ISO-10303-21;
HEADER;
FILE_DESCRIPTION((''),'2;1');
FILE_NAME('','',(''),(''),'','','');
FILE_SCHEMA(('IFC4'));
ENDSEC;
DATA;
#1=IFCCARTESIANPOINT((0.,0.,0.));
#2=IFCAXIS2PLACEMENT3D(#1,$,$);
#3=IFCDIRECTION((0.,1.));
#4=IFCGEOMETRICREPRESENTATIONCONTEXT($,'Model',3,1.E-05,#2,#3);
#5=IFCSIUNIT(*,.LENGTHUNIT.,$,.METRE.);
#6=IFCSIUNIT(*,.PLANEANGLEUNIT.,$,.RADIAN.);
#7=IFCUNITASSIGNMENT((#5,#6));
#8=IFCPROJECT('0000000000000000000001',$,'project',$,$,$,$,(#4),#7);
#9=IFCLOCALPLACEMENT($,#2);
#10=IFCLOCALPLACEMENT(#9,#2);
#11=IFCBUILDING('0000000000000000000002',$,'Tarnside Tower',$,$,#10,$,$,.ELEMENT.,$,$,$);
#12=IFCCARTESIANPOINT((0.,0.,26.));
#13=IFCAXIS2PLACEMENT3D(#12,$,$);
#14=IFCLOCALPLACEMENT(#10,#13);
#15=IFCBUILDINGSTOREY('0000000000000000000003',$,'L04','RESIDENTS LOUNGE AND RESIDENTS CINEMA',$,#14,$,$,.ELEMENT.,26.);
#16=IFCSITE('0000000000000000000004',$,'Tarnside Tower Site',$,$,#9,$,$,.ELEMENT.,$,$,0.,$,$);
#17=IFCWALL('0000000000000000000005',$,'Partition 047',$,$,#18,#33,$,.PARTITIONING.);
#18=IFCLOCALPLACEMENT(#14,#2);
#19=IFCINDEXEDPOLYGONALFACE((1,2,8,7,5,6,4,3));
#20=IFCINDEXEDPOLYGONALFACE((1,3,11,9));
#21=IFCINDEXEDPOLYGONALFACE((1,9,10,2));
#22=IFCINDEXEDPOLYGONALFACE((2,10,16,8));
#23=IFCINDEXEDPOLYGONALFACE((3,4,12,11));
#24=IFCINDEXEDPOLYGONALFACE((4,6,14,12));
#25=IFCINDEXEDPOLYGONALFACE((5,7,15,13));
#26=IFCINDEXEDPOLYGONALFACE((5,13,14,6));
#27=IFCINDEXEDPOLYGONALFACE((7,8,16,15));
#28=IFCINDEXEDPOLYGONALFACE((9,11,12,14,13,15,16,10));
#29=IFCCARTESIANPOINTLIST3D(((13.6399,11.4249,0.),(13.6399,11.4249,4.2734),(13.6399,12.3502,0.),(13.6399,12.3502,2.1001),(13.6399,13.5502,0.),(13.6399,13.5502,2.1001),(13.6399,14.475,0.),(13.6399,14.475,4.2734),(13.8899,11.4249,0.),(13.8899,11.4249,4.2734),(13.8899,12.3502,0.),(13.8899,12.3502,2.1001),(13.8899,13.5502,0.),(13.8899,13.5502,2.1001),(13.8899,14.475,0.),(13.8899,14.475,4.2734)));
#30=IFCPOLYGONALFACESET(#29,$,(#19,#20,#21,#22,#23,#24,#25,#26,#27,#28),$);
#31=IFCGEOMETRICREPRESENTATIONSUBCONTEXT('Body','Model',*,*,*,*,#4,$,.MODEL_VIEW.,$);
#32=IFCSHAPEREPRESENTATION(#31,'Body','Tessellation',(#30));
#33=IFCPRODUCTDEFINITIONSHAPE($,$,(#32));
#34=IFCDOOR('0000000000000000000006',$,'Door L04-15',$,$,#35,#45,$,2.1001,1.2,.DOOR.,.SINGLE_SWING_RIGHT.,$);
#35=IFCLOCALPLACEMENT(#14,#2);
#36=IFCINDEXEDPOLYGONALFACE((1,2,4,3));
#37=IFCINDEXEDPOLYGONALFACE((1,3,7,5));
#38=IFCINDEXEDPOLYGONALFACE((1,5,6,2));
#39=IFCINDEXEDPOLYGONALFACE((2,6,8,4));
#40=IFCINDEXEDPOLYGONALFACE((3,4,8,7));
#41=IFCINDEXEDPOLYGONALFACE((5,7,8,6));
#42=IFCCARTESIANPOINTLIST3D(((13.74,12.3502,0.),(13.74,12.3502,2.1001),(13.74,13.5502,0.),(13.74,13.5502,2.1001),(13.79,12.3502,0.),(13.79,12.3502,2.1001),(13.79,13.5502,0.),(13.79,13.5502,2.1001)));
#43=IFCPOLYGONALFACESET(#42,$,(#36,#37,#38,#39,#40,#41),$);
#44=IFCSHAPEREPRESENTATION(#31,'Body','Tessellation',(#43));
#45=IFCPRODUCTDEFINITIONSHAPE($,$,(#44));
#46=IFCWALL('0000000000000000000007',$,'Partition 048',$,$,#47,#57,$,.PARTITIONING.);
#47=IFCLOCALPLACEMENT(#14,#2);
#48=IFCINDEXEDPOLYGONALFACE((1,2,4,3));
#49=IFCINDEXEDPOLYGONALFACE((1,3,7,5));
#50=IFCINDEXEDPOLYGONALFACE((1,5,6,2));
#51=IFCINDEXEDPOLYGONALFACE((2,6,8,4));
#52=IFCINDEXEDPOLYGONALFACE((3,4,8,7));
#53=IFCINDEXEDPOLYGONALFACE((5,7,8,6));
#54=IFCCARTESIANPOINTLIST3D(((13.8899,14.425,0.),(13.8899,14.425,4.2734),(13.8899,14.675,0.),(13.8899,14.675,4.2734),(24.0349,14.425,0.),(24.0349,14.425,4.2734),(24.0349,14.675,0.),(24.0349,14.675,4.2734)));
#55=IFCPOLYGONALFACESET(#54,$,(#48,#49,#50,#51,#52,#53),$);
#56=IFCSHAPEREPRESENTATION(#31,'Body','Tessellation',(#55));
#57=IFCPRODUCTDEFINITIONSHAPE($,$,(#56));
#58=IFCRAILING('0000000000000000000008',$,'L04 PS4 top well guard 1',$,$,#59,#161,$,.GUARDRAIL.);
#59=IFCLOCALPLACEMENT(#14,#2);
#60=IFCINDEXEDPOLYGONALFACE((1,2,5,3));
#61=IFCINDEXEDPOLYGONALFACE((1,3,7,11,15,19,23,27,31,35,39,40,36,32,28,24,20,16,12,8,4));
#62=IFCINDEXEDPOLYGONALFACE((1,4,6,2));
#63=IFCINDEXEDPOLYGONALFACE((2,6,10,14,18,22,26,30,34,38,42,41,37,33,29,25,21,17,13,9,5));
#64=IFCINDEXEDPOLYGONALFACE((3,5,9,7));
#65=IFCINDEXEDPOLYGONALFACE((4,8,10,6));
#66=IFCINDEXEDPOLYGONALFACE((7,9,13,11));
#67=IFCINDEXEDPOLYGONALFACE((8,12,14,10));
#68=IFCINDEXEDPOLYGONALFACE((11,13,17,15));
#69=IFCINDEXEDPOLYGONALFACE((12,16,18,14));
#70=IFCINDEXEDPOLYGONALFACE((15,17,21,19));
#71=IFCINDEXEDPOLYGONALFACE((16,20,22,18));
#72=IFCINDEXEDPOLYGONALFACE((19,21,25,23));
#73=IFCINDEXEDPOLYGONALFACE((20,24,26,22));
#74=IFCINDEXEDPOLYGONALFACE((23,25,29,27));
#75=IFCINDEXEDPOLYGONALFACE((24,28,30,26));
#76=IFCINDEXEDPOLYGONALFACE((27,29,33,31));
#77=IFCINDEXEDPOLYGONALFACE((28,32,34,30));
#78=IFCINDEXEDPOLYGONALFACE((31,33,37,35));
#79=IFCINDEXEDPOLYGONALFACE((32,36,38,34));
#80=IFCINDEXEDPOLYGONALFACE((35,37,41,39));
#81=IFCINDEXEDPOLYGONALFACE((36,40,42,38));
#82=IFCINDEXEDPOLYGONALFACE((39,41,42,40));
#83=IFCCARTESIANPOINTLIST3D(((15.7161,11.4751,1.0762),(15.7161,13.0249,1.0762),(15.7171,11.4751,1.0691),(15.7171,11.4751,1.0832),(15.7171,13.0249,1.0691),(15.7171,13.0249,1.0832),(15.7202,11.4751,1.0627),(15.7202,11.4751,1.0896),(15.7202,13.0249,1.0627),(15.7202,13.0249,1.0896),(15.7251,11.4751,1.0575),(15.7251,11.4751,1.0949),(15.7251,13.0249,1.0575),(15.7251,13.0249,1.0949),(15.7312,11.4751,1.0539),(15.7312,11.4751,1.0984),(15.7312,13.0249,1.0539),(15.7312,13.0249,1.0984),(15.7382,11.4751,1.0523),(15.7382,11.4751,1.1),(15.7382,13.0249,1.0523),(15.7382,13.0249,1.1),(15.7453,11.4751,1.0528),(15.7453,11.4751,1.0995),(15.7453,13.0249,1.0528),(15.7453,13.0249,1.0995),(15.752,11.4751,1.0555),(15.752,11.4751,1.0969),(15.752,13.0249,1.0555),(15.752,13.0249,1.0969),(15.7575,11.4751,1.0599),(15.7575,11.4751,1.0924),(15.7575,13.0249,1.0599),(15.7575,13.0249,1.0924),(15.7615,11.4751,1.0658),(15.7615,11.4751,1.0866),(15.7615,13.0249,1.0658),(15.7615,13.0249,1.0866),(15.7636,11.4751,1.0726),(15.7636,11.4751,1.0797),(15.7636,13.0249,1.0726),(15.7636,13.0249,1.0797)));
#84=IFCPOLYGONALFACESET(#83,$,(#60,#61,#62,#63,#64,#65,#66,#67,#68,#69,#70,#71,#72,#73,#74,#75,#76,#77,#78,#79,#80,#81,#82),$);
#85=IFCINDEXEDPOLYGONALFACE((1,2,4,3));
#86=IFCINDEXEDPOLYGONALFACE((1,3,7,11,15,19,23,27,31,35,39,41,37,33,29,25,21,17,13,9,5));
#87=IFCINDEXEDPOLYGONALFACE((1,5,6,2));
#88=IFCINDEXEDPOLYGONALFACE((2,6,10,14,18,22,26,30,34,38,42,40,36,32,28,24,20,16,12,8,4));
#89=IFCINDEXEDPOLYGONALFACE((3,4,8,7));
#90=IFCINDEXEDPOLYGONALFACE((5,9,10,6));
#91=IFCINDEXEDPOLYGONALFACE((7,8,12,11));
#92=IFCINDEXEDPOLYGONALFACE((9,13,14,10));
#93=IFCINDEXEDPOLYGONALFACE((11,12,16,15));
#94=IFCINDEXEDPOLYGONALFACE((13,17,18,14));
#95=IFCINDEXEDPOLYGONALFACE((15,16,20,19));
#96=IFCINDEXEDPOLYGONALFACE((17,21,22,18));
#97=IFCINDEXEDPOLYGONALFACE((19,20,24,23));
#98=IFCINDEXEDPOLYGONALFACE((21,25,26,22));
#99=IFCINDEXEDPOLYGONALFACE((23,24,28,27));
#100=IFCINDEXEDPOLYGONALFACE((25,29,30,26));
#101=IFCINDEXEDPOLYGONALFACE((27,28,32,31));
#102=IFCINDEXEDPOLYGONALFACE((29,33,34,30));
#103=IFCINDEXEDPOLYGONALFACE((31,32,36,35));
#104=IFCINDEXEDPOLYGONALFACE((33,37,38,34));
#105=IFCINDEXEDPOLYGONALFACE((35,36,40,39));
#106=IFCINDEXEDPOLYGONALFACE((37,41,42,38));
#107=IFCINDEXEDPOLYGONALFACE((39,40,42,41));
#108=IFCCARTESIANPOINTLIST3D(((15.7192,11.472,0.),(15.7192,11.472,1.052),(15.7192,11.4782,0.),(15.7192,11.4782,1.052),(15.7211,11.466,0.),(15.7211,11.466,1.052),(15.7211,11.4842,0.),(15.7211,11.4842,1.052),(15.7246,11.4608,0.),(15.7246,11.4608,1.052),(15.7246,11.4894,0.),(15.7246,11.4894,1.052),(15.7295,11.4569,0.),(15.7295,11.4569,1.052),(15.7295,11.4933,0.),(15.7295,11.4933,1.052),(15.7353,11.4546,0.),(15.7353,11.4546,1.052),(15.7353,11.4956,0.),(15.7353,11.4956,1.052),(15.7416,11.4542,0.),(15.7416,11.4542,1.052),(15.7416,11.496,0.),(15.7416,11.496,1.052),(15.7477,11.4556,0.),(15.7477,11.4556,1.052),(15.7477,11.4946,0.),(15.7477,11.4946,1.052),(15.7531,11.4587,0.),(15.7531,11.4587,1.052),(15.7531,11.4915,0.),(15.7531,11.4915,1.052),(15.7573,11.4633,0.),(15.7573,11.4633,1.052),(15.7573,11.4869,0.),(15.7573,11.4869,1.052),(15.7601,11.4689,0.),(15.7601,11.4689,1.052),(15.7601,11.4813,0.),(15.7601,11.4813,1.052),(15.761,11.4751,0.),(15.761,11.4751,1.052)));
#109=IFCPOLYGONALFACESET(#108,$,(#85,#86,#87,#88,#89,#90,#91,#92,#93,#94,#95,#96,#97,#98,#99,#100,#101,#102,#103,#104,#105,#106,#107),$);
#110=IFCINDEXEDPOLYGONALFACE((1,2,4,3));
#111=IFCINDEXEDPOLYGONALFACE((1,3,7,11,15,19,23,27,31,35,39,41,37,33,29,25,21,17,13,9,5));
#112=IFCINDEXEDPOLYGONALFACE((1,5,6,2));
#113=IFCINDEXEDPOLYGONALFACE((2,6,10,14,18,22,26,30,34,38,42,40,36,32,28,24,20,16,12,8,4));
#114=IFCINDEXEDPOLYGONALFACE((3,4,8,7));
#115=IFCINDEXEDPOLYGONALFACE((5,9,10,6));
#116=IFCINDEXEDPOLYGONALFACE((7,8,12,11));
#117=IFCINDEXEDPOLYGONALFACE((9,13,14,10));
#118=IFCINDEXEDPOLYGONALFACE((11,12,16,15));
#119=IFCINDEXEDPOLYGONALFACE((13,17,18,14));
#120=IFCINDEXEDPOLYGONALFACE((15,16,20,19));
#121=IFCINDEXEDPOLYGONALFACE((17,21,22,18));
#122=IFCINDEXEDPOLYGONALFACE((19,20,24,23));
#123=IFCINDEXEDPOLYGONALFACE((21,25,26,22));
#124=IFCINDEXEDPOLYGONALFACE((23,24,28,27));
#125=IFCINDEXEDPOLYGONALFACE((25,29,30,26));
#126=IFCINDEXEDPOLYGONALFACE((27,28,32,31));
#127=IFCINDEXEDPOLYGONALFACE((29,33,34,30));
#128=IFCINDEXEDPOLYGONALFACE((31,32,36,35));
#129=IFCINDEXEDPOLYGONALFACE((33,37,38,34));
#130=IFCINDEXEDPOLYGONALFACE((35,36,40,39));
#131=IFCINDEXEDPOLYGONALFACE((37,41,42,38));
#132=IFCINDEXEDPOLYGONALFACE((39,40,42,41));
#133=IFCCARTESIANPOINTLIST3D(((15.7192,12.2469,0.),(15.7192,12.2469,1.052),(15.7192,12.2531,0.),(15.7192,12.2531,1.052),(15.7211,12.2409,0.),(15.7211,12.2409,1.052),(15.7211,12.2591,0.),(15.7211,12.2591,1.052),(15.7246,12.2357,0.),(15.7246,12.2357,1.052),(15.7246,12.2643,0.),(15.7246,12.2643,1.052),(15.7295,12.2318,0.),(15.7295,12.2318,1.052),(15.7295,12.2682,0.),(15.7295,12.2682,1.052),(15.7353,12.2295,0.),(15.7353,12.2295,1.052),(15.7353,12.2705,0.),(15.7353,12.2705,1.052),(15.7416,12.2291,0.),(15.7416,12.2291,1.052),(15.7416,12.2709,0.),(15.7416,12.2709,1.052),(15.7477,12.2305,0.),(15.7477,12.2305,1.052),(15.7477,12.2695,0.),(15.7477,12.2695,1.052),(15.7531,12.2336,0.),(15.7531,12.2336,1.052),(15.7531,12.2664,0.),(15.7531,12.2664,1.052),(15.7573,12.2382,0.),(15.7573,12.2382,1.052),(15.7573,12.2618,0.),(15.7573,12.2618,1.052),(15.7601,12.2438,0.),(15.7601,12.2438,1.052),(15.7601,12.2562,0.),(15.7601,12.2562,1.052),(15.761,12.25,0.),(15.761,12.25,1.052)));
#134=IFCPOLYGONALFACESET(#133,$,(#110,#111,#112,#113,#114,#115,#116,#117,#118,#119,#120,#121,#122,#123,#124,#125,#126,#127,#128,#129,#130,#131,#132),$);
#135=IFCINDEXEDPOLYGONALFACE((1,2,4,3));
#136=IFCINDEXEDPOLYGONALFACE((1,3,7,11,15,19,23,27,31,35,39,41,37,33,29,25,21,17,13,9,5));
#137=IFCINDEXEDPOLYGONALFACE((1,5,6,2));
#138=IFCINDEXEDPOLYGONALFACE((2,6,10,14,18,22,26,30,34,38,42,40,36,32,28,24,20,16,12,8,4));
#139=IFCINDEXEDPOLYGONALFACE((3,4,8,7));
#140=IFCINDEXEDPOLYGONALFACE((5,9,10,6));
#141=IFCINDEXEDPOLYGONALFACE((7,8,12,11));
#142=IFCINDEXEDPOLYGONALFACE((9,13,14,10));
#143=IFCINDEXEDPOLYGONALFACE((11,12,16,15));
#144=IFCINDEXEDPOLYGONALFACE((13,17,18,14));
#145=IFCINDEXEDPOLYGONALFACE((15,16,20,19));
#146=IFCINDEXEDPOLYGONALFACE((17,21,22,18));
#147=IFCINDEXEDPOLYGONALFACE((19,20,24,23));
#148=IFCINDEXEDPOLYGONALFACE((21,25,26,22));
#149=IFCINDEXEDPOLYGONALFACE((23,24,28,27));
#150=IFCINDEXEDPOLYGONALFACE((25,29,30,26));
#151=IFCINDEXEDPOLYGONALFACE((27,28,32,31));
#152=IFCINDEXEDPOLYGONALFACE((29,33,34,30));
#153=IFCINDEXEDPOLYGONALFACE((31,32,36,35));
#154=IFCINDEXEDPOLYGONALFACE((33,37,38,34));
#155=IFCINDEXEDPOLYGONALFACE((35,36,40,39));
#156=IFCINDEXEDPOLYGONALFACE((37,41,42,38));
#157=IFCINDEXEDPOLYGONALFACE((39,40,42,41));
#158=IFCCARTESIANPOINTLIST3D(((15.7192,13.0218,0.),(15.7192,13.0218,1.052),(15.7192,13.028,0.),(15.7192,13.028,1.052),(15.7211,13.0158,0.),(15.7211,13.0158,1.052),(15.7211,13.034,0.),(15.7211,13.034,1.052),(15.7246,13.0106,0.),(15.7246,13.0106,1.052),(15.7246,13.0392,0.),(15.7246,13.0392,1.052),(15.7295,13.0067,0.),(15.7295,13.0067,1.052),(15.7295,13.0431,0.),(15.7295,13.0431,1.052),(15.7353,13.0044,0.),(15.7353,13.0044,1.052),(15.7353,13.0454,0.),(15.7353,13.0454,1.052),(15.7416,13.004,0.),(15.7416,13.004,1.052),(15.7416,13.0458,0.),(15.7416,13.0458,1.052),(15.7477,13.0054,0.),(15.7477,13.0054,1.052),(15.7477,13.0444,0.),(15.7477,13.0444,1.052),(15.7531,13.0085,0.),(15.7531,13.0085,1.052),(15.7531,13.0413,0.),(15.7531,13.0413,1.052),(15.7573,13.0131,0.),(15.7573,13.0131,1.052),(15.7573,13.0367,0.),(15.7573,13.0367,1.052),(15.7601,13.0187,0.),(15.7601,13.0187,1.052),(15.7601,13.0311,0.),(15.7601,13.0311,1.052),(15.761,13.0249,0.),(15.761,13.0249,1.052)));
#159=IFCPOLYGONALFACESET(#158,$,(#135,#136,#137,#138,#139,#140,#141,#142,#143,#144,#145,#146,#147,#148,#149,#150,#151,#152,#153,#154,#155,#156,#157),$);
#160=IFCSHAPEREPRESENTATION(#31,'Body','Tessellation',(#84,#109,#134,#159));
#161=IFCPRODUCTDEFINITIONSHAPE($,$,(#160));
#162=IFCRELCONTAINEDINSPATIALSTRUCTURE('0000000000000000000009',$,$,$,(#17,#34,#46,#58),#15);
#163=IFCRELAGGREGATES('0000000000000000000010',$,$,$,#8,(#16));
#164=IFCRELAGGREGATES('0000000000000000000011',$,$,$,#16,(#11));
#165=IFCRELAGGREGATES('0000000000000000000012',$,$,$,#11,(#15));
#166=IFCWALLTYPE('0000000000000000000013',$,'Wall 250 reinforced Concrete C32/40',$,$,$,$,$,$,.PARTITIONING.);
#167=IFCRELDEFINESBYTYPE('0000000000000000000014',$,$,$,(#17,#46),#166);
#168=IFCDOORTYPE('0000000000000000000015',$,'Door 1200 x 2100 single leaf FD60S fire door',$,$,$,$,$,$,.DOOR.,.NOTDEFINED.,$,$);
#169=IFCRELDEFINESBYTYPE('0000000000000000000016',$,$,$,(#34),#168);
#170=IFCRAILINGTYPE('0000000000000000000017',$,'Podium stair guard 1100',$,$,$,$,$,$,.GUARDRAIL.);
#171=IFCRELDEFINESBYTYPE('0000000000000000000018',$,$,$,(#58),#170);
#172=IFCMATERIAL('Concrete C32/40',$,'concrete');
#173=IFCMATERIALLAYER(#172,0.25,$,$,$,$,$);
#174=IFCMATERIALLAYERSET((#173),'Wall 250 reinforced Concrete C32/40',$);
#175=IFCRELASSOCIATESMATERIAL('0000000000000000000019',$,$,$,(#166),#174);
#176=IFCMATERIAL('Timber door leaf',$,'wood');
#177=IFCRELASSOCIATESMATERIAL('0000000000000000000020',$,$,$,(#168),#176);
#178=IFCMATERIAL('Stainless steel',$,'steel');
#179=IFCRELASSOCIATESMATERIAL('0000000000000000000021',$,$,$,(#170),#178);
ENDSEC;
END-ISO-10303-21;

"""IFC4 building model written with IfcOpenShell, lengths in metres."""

from ifc_helpers import new_model, si_unit, direction, frame, frame_2d, origin, origin_2d, place, context, subcontext, project, spatial, rectangle, circle, extrude, material, layer, layer_set, type_object, element, fill, save


model = new_model("IFC4")

# Units and contexts
model_context = context("Model", 3, precision=1e-05, world=origin(), true_north=direction((0.0, 1.0)))
body_context = subcontext(model_context, "Body", "Model", "MODEL_VIEW")
ifc_project = project(units=[si_unit("LENGTHUNIT", "METRE"), si_unit("PLANEANGLEUNIT", "RADIAN")], contexts=[model_context])

# Site, building, storey
site_placement = place(None, origin())
site = spatial("IfcSite", under=ifc_project, at=site_placement, Name="Tarnside Tower Site", CompositionType="ELEMENT", RefElevation=0.0)
building_placement = place(site_placement, origin())
building = spatial("IfcBuilding", under=site, at=building_placement, Name="Tarnside Tower", CompositionType="ELEMENT")
storey_placement = place(building_placement, frame((0.0, 0.0, 26.0)))
storey = spatial("IfcBuildingStorey", under=building, at=storey_placement, Name="L04", Description="RESIDENTS LOUNGE AND RESIDENTS CINEMA", CompositionType="ELEMENT", Elevation=26.0)

# Shared definitions
ifc_material_1 = material(Name="Timber door leaf", Category="wood")

# Wall, opening, door
ifc_material_2 = material(Name="Concrete C32/40", Category="concrete")
ifc_layer_1 = layer(ifc_material_2, 0.25)
ifc_layer_set_1 = layer_set([ifc_layer_1], Name="Wall 250 reinforced Concrete C32/40")
wall_type_1 = type_object("IfcWallType", Name="Wall 250 reinforced Concrete C32/40", PredefinedType="PARTITIONING", material=ifc_layer_set_1)
wall_1_placement = place(storey_placement, frame((13.7649, 11.425, 0.0), z_axis=(0.0, 0.0, 1.0), x_axis=(0.0, 1.0, 0.0)))
wall_1 = element("IfcWall", 1, at=wall_1_placement, inside=storey, type_object=wall_type_1, Name="Partition 047", PredefinedType="PARTITIONING", context=body_context, shape_type="SweptSolid", body=[
    extrude(rectangle(XDim=3.05, YDim=0.25, at=frame_2d((1.5249, 0.0))), origin(), (0.0, 0.0, 1.0), 4.2734),
])
opening_1_placement = place(wall_1_placement, frame((0.925, 0.0, 0.0)))
opening_1 = element("IfcOpeningElement", 2, at=opening_1_placement, cuts=wall_1, PredefinedType="OPENING", context=body_context, shape_type="SweptSolid", body=[
    extrude(rectangle(XDim=1.2, YDim=2.1001, at=frame_2d((0.6001, 1.05))), frame((0.0, 0.135, 0.0), z_axis=(0.0, -1.0, 0.0), x_axis=(1.0, 0.0, 0.0)), (0.0, 0.0, 1.0), 0.27),
])
door_type_1 = type_object("IfcDoorType", Name="Door 1200 x 2100 single leaf FD60S fire door", OperationType="NOTDEFINED", PredefinedType="DOOR", material=ifc_material_1)
door_1_placement = place(opening_1_placement, origin())
door_1 = element("IfcDoor", 3, at=door_1_placement, inside=storey, type_object=door_type_1, Name="Door L04-15", OperationType="SINGLE_SWING_RIGHT", OverallHeight=2.1001, OverallWidth=1.2, PredefinedType="DOOR", context=body_context, shape_type="SweptSolid", body=[
    extrude(rectangle(XDim=1.2, YDim=2.1001, at=frame_2d((0.6001, 1.05))), frame((0.0, 0.0249, 0.0), z_axis=(0.0, -1.0, 0.0), x_axis=(1.0, 0.0, 0.0)), (0.0, 0.0, 1.0), 0.05),
])
fill(opening_1, door_1)

# Wall
wall_2_placement = place(storey_placement, frame((13.8899, 14.55, 0.0), z_axis=(0.0, 0.0, 1.0), x_axis=(1.0, 0.0, 0.0)))
element("IfcWall", 4, at=wall_2_placement, inside=storey, type_object=wall_type_1, Name="Partition 048", PredefinedType="PARTITIONING", context=body_context, shape_type="SweptSolid", body=[
    extrude(rectangle(XDim=10.145, YDim=0.25, at=frame_2d((5.0725, 0.0))), origin(), (0.0, 0.0, 1.0), 4.2734),
])

# Railing
ifc_material_3 = material(Name="Stainless steel", Category="steel")
railing_type = type_object("IfcRailingType", Name="Podium stair guard 1100", PredefinedType="GUARDRAIL", material=ifc_material_3)
railing_placement = place(storey_placement, frame((15.74, 11.4751, 0.0)))
element("IfcRailing", 5, at=railing_placement, inside=storey, type_object=railing_type, Name="L04 PS4 top well guard 1", PredefinedType="GUARDRAIL", context=body_context, shape_type="SweptSolid", body=[
    extrude(circle(Radius=0.0239, at=origin_2d()), frame((0.0, 0.0, 1.0762), z_axis=(0.0, 1.0, 0.0), x_axis=(-1.0, 0.0, 0.0)), (0.0, 0.0, 1.0), 1.5498),
    extrude(circle(Radius=0.021, at=origin_2d()), origin(), (0.0, 0.0, 1.0), 1.052),
    extrude(circle(Radius=0.021, at=origin_2d()), frame((0.0, 0.7749, 0.0)), (0.0, 0.0, 1.0), 1.052),
    extrude(circle(Radius=0.021, at=origin_2d()), frame((0.0, 1.5498, 0.0)), (0.0, 0.0, 1.0), 1.052),
])

save(model, "model.ifc")
